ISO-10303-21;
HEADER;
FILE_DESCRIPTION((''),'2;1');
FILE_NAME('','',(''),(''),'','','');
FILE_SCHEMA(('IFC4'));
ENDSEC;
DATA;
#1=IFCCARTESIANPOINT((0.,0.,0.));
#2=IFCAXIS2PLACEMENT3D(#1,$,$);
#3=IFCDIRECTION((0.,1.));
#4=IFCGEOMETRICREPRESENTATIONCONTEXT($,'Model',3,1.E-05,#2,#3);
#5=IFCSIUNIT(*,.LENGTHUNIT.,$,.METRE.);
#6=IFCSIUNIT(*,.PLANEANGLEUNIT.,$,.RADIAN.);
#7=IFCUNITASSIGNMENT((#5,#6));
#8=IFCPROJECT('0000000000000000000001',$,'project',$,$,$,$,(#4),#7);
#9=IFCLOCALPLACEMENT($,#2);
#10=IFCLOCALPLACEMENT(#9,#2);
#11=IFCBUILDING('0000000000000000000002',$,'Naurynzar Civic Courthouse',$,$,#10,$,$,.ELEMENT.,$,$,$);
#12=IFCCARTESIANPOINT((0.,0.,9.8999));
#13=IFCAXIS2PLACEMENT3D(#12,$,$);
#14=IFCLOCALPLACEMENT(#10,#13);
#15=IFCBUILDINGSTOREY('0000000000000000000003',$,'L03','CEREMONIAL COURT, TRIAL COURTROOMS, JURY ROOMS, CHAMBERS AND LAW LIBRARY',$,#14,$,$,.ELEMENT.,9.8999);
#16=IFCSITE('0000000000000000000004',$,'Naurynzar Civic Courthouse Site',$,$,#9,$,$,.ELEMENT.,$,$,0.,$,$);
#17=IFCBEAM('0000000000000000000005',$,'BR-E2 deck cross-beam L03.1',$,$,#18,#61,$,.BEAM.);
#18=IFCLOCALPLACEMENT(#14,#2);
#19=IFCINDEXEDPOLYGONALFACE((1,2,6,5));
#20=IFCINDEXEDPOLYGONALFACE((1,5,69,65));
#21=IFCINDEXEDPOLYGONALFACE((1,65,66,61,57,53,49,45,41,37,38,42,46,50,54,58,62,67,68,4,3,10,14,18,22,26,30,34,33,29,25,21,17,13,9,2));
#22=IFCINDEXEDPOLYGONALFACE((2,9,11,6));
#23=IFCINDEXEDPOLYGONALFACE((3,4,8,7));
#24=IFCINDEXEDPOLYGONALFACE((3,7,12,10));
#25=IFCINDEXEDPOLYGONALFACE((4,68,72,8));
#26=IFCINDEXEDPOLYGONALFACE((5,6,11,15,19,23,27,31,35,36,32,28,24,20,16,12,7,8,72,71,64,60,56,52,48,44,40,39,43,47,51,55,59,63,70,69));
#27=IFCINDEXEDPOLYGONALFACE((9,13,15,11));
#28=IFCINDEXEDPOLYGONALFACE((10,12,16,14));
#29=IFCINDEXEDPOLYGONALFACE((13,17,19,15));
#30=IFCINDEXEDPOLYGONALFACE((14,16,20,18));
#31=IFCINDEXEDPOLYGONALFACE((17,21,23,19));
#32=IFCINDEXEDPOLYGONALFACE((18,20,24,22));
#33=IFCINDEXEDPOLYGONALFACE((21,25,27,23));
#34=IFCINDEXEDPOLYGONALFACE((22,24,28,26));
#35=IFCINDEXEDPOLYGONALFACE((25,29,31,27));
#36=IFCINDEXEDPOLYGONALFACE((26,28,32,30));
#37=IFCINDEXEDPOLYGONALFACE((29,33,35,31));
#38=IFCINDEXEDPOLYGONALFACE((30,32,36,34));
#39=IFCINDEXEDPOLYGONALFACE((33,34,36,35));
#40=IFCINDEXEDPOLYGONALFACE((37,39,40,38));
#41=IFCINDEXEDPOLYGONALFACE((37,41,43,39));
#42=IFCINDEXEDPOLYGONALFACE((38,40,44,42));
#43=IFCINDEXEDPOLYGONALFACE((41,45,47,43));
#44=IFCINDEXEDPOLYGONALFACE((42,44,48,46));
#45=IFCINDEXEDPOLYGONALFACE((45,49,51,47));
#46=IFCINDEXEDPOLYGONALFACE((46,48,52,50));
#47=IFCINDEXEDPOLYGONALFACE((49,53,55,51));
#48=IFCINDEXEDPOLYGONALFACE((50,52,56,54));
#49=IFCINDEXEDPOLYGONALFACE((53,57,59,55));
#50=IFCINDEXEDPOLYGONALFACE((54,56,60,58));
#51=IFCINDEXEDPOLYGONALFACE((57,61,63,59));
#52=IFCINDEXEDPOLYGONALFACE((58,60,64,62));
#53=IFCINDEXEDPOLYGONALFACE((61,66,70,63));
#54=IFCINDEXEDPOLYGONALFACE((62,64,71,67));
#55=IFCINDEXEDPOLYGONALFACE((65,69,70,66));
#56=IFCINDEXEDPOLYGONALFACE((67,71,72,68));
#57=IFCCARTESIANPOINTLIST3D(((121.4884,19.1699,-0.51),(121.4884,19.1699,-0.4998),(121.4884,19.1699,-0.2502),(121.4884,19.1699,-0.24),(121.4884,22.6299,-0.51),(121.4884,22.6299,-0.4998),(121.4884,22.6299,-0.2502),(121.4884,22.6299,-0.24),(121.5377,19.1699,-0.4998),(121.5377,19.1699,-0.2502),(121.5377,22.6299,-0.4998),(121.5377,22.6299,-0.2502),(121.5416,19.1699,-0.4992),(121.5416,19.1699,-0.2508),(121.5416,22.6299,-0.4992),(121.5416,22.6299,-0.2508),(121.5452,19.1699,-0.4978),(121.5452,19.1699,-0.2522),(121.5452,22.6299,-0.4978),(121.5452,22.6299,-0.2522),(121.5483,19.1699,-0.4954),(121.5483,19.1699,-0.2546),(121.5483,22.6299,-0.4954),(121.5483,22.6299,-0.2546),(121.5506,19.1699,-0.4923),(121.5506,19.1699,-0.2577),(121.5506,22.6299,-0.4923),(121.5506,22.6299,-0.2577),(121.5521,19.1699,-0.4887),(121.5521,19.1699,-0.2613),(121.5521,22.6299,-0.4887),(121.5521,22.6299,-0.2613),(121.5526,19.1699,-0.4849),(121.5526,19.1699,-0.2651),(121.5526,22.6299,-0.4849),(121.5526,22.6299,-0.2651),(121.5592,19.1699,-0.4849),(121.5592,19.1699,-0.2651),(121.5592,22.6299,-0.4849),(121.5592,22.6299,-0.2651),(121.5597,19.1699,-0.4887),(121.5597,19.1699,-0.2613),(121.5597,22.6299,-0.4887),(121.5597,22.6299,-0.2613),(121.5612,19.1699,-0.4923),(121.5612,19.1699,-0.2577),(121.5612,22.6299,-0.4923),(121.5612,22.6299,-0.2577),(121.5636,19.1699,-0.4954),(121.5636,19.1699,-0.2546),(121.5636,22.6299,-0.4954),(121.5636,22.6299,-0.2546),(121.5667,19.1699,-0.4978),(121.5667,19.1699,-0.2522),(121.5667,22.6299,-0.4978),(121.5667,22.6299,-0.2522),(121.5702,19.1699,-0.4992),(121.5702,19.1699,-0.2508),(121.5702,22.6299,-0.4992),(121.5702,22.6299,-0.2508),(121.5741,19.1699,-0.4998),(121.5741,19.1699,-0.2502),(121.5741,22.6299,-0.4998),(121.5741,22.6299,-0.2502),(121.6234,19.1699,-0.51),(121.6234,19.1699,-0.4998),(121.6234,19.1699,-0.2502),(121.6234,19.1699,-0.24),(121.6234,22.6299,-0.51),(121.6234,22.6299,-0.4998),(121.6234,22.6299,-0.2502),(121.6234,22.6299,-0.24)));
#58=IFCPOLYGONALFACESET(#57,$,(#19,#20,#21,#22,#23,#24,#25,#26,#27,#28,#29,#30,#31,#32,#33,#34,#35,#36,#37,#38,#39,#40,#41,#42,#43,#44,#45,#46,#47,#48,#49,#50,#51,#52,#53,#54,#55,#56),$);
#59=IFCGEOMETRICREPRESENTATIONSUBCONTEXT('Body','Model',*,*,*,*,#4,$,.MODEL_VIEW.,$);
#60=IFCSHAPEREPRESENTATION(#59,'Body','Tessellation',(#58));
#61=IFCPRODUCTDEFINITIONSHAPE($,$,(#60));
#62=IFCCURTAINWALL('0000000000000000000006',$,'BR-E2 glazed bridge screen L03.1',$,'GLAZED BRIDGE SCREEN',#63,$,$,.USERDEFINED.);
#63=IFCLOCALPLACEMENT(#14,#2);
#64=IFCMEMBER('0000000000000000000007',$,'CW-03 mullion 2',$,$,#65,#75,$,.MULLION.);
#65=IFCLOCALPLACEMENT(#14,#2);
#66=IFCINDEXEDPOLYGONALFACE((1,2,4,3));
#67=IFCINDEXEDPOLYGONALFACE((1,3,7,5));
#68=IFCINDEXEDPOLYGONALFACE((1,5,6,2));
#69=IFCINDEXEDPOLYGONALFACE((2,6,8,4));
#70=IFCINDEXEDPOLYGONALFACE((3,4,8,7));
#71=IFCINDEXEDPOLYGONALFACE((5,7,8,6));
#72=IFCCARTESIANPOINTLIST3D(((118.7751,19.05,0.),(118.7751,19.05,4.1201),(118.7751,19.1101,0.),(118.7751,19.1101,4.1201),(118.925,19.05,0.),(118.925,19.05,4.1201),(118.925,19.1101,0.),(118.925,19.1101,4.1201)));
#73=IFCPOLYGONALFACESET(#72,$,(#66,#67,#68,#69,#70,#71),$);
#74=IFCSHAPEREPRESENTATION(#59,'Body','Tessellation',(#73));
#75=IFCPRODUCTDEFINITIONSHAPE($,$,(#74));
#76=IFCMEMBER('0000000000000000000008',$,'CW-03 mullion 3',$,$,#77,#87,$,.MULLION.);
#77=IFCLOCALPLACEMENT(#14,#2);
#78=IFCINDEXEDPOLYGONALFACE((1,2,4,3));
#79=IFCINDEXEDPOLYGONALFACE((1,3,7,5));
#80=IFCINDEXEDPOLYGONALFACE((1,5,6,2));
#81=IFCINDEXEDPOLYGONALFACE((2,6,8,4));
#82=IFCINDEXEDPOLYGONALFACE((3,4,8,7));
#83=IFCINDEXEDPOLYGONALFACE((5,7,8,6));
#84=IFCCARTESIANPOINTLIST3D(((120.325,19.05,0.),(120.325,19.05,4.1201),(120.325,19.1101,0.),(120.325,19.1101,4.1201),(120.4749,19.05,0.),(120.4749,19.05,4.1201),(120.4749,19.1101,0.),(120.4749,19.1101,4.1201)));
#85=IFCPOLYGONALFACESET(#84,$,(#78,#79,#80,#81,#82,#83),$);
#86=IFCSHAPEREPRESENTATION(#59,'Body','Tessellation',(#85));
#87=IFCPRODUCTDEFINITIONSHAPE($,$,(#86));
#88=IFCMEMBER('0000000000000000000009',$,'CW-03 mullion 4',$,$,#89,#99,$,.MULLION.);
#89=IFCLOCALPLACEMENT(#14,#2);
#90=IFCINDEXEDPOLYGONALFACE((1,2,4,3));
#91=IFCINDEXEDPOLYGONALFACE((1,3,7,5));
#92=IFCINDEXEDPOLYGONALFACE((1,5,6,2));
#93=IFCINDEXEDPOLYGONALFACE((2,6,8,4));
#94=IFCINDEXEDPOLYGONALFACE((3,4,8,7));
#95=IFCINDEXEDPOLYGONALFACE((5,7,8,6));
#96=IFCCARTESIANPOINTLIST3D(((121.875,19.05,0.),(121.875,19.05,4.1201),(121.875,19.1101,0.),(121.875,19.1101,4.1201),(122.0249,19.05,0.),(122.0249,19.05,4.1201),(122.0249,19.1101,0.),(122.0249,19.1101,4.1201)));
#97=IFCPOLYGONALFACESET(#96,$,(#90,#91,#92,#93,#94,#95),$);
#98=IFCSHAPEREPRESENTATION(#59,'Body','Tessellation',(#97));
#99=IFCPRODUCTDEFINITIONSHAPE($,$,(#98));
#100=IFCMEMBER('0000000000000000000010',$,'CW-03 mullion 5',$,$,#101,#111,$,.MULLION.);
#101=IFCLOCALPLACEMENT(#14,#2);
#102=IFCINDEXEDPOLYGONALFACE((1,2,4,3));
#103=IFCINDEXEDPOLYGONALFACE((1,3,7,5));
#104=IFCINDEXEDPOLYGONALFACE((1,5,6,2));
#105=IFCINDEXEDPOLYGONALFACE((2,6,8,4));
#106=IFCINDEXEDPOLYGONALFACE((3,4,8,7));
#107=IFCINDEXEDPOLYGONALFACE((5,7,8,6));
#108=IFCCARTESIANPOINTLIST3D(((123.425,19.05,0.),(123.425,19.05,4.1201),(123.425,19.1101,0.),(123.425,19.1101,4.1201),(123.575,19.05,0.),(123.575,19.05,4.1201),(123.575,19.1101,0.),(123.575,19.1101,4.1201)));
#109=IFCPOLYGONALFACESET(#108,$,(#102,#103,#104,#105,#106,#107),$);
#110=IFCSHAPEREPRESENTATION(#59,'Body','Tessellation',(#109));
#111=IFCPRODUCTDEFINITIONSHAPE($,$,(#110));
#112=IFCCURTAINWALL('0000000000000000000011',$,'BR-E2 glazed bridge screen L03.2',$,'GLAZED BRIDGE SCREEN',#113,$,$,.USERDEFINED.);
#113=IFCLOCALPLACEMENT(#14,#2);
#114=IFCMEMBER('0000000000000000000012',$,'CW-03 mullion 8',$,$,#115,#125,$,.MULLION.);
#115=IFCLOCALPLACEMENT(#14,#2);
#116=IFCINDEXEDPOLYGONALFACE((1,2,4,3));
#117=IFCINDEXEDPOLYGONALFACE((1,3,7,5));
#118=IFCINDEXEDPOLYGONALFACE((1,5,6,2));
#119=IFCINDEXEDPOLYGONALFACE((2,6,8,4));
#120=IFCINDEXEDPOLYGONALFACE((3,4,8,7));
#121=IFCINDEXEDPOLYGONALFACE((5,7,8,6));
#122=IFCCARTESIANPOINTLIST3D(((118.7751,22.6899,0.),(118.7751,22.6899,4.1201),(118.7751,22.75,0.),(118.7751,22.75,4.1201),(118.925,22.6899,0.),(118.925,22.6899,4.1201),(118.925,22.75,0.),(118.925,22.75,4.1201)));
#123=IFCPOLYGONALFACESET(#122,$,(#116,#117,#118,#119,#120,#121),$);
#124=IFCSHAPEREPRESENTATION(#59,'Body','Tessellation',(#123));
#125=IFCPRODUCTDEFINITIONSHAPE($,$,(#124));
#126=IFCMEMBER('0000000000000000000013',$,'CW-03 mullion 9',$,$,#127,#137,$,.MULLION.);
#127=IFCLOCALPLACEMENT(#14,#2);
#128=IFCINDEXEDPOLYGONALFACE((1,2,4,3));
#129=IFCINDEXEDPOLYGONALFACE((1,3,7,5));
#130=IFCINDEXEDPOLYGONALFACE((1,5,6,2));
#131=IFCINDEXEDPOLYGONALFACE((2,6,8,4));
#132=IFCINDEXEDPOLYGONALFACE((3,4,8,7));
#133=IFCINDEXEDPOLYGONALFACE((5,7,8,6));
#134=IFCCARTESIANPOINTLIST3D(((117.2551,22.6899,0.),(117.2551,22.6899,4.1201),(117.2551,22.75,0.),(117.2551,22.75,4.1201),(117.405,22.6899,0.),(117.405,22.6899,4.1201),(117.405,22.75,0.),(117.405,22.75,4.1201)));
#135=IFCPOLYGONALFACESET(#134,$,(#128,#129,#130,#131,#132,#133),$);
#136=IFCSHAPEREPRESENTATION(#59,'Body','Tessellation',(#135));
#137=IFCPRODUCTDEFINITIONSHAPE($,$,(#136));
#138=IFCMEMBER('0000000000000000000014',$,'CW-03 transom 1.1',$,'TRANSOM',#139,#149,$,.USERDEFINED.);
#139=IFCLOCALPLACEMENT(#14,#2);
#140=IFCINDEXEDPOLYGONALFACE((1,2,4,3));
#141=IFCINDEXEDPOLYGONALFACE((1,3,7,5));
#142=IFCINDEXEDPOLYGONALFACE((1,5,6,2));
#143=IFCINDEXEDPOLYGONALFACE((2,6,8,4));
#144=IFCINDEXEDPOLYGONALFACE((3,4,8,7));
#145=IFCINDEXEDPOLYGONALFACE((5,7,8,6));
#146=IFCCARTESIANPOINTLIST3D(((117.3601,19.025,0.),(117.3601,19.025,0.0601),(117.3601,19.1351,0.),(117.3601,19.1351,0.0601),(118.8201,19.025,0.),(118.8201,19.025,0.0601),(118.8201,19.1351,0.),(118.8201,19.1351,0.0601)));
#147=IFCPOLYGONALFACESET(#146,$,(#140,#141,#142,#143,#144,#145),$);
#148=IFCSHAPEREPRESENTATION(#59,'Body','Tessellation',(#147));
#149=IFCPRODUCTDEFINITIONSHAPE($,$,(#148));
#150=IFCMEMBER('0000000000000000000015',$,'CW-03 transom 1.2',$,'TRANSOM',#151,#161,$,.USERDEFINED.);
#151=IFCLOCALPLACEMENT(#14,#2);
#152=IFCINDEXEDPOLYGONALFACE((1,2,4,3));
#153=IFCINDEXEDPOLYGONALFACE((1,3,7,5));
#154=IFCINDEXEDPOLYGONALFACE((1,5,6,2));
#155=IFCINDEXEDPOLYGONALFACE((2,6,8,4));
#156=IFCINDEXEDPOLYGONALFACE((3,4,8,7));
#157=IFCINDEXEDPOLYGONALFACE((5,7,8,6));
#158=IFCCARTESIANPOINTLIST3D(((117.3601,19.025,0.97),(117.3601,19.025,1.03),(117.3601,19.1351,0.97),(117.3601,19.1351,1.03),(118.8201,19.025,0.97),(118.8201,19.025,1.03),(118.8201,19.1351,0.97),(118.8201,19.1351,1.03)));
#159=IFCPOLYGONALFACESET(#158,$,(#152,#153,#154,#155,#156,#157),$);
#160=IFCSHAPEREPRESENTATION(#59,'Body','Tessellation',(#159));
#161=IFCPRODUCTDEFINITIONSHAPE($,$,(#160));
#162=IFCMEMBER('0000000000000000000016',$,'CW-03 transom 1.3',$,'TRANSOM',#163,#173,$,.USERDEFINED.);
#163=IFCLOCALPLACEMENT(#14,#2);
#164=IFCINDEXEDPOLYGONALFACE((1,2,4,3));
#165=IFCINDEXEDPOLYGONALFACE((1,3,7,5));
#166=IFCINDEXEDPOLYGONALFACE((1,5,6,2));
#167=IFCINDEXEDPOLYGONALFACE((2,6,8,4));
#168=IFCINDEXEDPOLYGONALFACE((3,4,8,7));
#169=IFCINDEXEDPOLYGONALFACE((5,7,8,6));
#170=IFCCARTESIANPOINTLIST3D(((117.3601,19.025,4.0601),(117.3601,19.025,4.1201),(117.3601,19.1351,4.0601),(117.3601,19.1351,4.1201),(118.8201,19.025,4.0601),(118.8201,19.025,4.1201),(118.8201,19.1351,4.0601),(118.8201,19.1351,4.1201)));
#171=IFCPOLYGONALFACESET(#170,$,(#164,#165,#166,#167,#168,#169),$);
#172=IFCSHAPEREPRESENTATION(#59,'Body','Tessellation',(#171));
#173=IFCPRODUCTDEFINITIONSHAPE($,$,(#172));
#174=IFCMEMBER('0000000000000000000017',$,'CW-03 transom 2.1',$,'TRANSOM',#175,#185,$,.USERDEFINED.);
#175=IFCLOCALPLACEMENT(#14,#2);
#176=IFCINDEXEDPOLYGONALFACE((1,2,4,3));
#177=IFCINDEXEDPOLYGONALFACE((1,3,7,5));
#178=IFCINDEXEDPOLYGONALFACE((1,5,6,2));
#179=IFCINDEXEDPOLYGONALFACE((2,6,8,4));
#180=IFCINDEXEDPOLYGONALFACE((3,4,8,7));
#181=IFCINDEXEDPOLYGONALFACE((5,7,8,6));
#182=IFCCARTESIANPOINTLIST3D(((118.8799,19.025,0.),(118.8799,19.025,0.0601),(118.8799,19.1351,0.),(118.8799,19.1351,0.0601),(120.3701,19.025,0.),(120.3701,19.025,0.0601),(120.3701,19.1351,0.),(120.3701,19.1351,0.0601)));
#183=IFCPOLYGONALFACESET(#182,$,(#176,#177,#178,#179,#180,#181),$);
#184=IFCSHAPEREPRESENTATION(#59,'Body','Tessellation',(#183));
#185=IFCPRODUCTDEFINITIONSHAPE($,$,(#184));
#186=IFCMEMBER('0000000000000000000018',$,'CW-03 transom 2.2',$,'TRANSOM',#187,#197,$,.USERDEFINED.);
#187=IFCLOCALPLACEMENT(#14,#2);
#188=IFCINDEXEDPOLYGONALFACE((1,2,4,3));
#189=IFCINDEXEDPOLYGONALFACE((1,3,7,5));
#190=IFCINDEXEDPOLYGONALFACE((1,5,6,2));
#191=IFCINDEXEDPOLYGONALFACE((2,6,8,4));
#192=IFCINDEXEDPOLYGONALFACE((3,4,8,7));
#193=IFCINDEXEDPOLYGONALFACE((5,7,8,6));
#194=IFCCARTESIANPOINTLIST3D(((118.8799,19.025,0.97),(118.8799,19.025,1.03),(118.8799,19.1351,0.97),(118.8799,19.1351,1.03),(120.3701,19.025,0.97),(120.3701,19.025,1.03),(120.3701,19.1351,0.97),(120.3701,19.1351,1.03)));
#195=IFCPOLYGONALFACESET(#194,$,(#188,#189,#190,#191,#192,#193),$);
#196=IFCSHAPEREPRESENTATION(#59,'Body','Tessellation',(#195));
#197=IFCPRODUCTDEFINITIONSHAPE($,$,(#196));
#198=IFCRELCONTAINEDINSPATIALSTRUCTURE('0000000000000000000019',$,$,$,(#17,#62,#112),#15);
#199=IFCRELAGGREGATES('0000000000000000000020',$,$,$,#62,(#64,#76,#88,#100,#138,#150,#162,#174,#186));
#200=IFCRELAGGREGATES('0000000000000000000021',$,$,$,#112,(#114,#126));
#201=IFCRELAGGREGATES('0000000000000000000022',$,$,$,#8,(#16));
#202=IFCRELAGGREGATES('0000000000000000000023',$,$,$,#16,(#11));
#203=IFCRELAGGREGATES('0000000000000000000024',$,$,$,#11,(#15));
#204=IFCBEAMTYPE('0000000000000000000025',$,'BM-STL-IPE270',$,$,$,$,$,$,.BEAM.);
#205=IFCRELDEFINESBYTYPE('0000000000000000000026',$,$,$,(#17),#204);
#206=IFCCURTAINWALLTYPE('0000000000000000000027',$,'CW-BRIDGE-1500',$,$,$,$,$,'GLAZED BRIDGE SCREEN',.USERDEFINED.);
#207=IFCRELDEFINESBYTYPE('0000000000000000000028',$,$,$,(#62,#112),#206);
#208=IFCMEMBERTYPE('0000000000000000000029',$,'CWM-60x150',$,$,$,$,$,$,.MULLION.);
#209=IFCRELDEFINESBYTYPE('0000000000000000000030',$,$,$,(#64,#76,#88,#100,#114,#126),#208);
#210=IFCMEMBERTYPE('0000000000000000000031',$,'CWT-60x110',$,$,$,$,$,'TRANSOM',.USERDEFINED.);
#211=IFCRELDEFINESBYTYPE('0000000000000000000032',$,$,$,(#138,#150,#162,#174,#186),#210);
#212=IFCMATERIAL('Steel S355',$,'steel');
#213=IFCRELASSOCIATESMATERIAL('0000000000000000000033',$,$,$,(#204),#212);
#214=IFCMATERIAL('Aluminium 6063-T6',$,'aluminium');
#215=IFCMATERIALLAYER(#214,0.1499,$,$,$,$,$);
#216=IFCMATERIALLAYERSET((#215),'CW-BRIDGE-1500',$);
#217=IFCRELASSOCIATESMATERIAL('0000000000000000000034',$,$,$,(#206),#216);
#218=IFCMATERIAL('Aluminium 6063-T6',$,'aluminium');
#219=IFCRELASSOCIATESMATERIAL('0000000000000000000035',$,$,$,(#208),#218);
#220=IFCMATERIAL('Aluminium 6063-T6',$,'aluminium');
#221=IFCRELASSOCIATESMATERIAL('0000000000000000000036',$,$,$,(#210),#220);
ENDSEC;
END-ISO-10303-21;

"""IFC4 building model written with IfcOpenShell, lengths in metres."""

from ifc_helpers import new_model, si_unit, direction, frame, origin, origin_2d, place, context, subcontext, project, spatial, rectangle, i_section, extrude, material, layer, layer_set, material_profile, profile_set, type_object, element, aggregate, save


model = new_model("IFC4")

# Units and contexts
model_context = context("Model", 3, precision=1e-05, world=origin(), true_north=direction((0.0, 1.0)))
body_context = subcontext(model_context, "Body", "Model", "MODEL_VIEW")
ifc_project = project(units=[si_unit("LENGTHUNIT", "METRE"), si_unit("PLANEANGLEUNIT", "RADIAN")], contexts=[model_context])

# Site, building, storey
site_placement = place(None, origin())
site = spatial("IfcSite", under=ifc_project, at=site_placement, Name="Naurynzar Civic Courthouse Site", CompositionType="ELEMENT", RefElevation=0.0)
building_placement = place(site_placement, origin())
building = spatial("IfcBuilding", under=site, at=building_placement, Name="Naurynzar Civic Courthouse", CompositionType="ELEMENT")
storey_placement = place(building_placement, frame((0.0, 0.0, 9.8999)))
storey = spatial("IfcBuildingStorey", under=building, at=storey_placement, Name="L03", Description="CEREMONIAL COURT, TRIAL COURTROOMS, JURY ROOMS, CHAMBERS AND LAW LIBRARY", CompositionType="ELEMENT", Elevation=9.8999)

# Beam
ifc_material_1 = material(Name="Steel S355", Category="steel")
ifc_material_profile_1 = material_profile(ifc_material_1, i_section(OverallWidth=0.135, OverallDepth=0.27, WebThickness=0.0066, FlangeThickness=0.0103, FilletRadius=0.0149, at=origin_2d()), Name="IPE 270")
ifc_profile_set_1 = profile_set([ifc_material_profile_1], Name="Steel S355")
beam_type = type_object("IfcBeamType", Name="BM-STL-IPE270", PredefinedType="BEAM", material=ifc_profile_set_1)
beam_placement = place(storey_placement, frame((121.5559, 19.1699, -0.375), z_axis=(0.0, 1.0, 0.0), x_axis=(-1.0, 0.0, 0.0)))
element("IfcBeam", 1, at=beam_placement, inside=storey, type_object=beam_type, Name="BR-E2 deck cross-beam L03.1", PredefinedType="BEAM", context=body_context, shape_type="SweptSolid", body=[
    extrude(i_section(OverallWidth=0.135, OverallDepth=0.27, WebThickness=0.0066, FlangeThickness=0.0103, FilletRadius=0.0149, at=origin_2d()), origin(), (0.0, 0.0, 1.0), 3.46),
])

# Curtain walls, members
ifc_material_2 = material(Name="Aluminium 6063-T6", Category="aluminium")
ifc_layer_1 = layer(ifc_material_2, 0.1499)
ifc_layer_set_1 = layer_set([ifc_layer_1], Name="CW-BRIDGE-1500")
curtain_wall_type = type_object("IfcCurtainWallType", Name="CW-BRIDGE-1500", ElementType="GLAZED BRIDGE SCREEN", PredefinedType="USERDEFINED", material=ifc_layer_set_1)
curtain_wall_1_placement = place(storey_placement, origin())
curtain_wall_1 = element("IfcCurtainWall", 2, at=curtain_wall_1_placement, inside=storey, type_object=curtain_wall_type, Name="BR-E2 glazed bridge screen L03.1", ObjectType="GLAZED BRIDGE SCREEN", PredefinedType="USERDEFINED")
ifc_material_3 = material(Name="Aluminium 6063-T6", Category="aluminium")
ifc_material_profile_2 = material_profile(ifc_material_3, rectangle(XDim=0.0601, YDim=0.1499, at=origin_2d()), Name="ALU MULLION 60x150")
ifc_profile_set_2 = profile_set([ifc_material_profile_2], Name="Aluminium 6063-T6")
member_type_1 = type_object("IfcMemberType", Name="CWM-60x150", PredefinedType="MULLION", material=ifc_profile_set_2)
member_1_placement = place(storey_placement, frame((118.8501, 19.0801, 0.0), z_axis=(0.0, 0.0, 1.0), x_axis=(0.0, 1.0, 0.0)))
member_1 = element("IfcMember", 3, at=member_1_placement, type_object=member_type_1, Name="CW-03 mullion 2", PredefinedType="MULLION", context=body_context, shape_type="SweptSolid", body=[
    extrude(rectangle(XDim=0.0601, YDim=0.1499, at=origin_2d()), origin(), (0.0, 0.0, 1.0), 4.1201),
])
member_2_placement = place(storey_placement, frame((120.3999, 19.0801, 0.0), z_axis=(0.0, 0.0, 1.0), x_axis=(0.0, 1.0, 0.0)))
member_2 = element("IfcMember", 4, at=member_2_placement, type_object=member_type_1, Name="CW-03 mullion 3", PredefinedType="MULLION", context=body_context, shape_type="SweptSolid", body=[
    extrude(rectangle(XDim=0.0601, YDim=0.1499, at=origin_2d()), origin(), (0.0, 0.0, 1.0), 4.1201),
])
member_3_placement = place(storey_placement, frame((121.95, 19.0801, 0.0), z_axis=(0.0, 0.0, 1.0), x_axis=(0.0, 1.0, 0.0)))
member_3 = element("IfcMember", 5, at=member_3_placement, type_object=member_type_1, Name="CW-03 mullion 4", PredefinedType="MULLION", context=body_context, shape_type="SweptSolid", body=[
    extrude(rectangle(XDim=0.0601, YDim=0.1499, at=origin_2d()), origin(), (0.0, 0.0, 1.0), 4.1201),
])
member_4_placement = place(storey_placement, frame((123.5, 19.0801, 0.0), z_axis=(0.0, 0.0, 1.0), x_axis=(0.0, 1.0, 0.0)))
member_4 = element("IfcMember", 6, at=member_4_placement, type_object=member_type_1, Name="CW-03 mullion 5", PredefinedType="MULLION", context=body_context, shape_type="SweptSolid", body=[
    extrude(rectangle(XDim=0.0601, YDim=0.1499, at=origin_2d()), origin(), (0.0, 0.0, 1.0), 4.1201),
])
curtain_wall_2_placement = place(storey_placement, origin())
curtain_wall_2 = element("IfcCurtainWall", 7, at=curtain_wall_2_placement, inside=storey, type_object=curtain_wall_type, Name="BR-E2 glazed bridge screen L03.2", ObjectType="GLAZED BRIDGE SCREEN", PredefinedType="USERDEFINED")
member_5_placement = place(storey_placement, frame((118.8501, 22.72, 0.0), z_axis=(0.0, 0.0, 1.0), x_axis=(0.0, -1.0, 0.0)))
member_5 = element("IfcMember", 8, at=member_5_placement, type_object=member_type_1, Name="CW-03 mullion 8", PredefinedType="MULLION", context=body_context, shape_type="SweptSolid", body=[
    extrude(rectangle(XDim=0.0601, YDim=0.1499, at=origin_2d()), origin(), (0.0, 0.0, 1.0), 4.1201),
])
member_6_placement = place(storey_placement, frame((117.3301, 22.72, 0.0), z_axis=(0.0, 0.0, 1.0), x_axis=(0.0, -1.0, 0.0)))
member_6 = element("IfcMember", 9, at=member_6_placement, type_object=member_type_1, Name="CW-03 mullion 9", PredefinedType="MULLION", context=body_context, shape_type="SweptSolid", body=[
    extrude(rectangle(XDim=0.0601, YDim=0.1499, at=origin_2d()), origin(), (0.0, 0.0, 1.0), 4.1201),
])

# Members
ifc_material_4 = material(Name="Aluminium 6063-T6", Category="aluminium")
ifc_material_profile_3 = material_profile(ifc_material_4, rectangle(XDim=0.1101, YDim=0.0601, at=origin_2d()), Name="ALU TRANSOM 60x110")
ifc_profile_set_3 = profile_set([ifc_material_profile_3], Name="Aluminium 6063-T6")
member_type_2 = type_object("IfcMemberType", Name="CWT-60x110", ElementType="TRANSOM", PredefinedType="USERDEFINED", material=ifc_profile_set_3)
member_7_placement = place(storey_placement, frame((117.3601, 19.0801, 0.03), z_axis=(1.0, 0.0, 0.0), x_axis=(0.0, 1.0, 0.0)))
member_7 = element("IfcMember", 10, at=member_7_placement, type_object=member_type_2, Name="CW-03 transom 1.1", ObjectType="TRANSOM", PredefinedType="USERDEFINED", context=body_context, shape_type="SweptSolid", body=[
    extrude(rectangle(XDim=0.1101, YDim=0.0601, at=origin_2d()), origin(), (0.0, 0.0, 1.0), 1.46),
])
member_8_placement = place(storey_placement, frame((117.3601, 19.0801, 1.0), z_axis=(1.0, 0.0, 0.0), x_axis=(0.0, 1.0, 0.0)))
member_8 = element("IfcMember", 11, at=member_8_placement, type_object=member_type_2, Name="CW-03 transom 1.2", ObjectType="TRANSOM", PredefinedType="USERDEFINED", context=body_context, shape_type="SweptSolid", body=[
    extrude(rectangle(XDim=0.1101, YDim=0.0601, at=origin_2d()), origin(), (0.0, 0.0, 1.0), 1.46),
])
member_9_placement = place(storey_placement, frame((117.3601, 19.0801, 4.0901), z_axis=(1.0, 0.0, 0.0), x_axis=(0.0, 1.0, 0.0)))
member_9 = element("IfcMember", 12, at=member_9_placement, type_object=member_type_2, Name="CW-03 transom 1.3", ObjectType="TRANSOM", PredefinedType="USERDEFINED", context=body_context, shape_type="SweptSolid", body=[
    extrude(rectangle(XDim=0.1101, YDim=0.0601, at=origin_2d()), origin(), (0.0, 0.0, 1.0), 1.46),
])
member_10_placement = place(storey_placement, frame((118.8799, 19.0801, 0.03), z_axis=(1.0, 0.0, 0.0), x_axis=(0.0, 1.0, 0.0)))
member_10 = element("IfcMember", 13, at=member_10_placement, type_object=member_type_2, Name="CW-03 transom 2.1", ObjectType="TRANSOM", PredefinedType="USERDEFINED", context=body_context, shape_type="SweptSolid", body=[
    extrude(rectangle(XDim=0.1101, YDim=0.0601, at=origin_2d()), origin(), (0.0, 0.0, 1.0), 1.4902),
])
member_11_placement = place(storey_placement, frame((118.8799, 19.0801, 1.0), z_axis=(1.0, 0.0, 0.0), x_axis=(0.0, 1.0, 0.0)))
member_11 = element("IfcMember", 14, at=member_11_placement, type_object=member_type_2, Name="CW-03 transom 2.2", ObjectType="TRANSOM", PredefinedType="USERDEFINED", context=body_context, shape_type="SweptSolid", body=[
    extrude(rectangle(XDim=0.1101, YDim=0.0601, at=origin_2d()), origin(), (0.0, 0.0, 1.0), 1.4902),
])

aggregate(curtain_wall_1, [member_1, member_2, member_3, member_4, member_7, member_8, member_9, member_10, member_11])
aggregate(curtain_wall_2, [member_5, member_6])

save(model, "model.ifc")
